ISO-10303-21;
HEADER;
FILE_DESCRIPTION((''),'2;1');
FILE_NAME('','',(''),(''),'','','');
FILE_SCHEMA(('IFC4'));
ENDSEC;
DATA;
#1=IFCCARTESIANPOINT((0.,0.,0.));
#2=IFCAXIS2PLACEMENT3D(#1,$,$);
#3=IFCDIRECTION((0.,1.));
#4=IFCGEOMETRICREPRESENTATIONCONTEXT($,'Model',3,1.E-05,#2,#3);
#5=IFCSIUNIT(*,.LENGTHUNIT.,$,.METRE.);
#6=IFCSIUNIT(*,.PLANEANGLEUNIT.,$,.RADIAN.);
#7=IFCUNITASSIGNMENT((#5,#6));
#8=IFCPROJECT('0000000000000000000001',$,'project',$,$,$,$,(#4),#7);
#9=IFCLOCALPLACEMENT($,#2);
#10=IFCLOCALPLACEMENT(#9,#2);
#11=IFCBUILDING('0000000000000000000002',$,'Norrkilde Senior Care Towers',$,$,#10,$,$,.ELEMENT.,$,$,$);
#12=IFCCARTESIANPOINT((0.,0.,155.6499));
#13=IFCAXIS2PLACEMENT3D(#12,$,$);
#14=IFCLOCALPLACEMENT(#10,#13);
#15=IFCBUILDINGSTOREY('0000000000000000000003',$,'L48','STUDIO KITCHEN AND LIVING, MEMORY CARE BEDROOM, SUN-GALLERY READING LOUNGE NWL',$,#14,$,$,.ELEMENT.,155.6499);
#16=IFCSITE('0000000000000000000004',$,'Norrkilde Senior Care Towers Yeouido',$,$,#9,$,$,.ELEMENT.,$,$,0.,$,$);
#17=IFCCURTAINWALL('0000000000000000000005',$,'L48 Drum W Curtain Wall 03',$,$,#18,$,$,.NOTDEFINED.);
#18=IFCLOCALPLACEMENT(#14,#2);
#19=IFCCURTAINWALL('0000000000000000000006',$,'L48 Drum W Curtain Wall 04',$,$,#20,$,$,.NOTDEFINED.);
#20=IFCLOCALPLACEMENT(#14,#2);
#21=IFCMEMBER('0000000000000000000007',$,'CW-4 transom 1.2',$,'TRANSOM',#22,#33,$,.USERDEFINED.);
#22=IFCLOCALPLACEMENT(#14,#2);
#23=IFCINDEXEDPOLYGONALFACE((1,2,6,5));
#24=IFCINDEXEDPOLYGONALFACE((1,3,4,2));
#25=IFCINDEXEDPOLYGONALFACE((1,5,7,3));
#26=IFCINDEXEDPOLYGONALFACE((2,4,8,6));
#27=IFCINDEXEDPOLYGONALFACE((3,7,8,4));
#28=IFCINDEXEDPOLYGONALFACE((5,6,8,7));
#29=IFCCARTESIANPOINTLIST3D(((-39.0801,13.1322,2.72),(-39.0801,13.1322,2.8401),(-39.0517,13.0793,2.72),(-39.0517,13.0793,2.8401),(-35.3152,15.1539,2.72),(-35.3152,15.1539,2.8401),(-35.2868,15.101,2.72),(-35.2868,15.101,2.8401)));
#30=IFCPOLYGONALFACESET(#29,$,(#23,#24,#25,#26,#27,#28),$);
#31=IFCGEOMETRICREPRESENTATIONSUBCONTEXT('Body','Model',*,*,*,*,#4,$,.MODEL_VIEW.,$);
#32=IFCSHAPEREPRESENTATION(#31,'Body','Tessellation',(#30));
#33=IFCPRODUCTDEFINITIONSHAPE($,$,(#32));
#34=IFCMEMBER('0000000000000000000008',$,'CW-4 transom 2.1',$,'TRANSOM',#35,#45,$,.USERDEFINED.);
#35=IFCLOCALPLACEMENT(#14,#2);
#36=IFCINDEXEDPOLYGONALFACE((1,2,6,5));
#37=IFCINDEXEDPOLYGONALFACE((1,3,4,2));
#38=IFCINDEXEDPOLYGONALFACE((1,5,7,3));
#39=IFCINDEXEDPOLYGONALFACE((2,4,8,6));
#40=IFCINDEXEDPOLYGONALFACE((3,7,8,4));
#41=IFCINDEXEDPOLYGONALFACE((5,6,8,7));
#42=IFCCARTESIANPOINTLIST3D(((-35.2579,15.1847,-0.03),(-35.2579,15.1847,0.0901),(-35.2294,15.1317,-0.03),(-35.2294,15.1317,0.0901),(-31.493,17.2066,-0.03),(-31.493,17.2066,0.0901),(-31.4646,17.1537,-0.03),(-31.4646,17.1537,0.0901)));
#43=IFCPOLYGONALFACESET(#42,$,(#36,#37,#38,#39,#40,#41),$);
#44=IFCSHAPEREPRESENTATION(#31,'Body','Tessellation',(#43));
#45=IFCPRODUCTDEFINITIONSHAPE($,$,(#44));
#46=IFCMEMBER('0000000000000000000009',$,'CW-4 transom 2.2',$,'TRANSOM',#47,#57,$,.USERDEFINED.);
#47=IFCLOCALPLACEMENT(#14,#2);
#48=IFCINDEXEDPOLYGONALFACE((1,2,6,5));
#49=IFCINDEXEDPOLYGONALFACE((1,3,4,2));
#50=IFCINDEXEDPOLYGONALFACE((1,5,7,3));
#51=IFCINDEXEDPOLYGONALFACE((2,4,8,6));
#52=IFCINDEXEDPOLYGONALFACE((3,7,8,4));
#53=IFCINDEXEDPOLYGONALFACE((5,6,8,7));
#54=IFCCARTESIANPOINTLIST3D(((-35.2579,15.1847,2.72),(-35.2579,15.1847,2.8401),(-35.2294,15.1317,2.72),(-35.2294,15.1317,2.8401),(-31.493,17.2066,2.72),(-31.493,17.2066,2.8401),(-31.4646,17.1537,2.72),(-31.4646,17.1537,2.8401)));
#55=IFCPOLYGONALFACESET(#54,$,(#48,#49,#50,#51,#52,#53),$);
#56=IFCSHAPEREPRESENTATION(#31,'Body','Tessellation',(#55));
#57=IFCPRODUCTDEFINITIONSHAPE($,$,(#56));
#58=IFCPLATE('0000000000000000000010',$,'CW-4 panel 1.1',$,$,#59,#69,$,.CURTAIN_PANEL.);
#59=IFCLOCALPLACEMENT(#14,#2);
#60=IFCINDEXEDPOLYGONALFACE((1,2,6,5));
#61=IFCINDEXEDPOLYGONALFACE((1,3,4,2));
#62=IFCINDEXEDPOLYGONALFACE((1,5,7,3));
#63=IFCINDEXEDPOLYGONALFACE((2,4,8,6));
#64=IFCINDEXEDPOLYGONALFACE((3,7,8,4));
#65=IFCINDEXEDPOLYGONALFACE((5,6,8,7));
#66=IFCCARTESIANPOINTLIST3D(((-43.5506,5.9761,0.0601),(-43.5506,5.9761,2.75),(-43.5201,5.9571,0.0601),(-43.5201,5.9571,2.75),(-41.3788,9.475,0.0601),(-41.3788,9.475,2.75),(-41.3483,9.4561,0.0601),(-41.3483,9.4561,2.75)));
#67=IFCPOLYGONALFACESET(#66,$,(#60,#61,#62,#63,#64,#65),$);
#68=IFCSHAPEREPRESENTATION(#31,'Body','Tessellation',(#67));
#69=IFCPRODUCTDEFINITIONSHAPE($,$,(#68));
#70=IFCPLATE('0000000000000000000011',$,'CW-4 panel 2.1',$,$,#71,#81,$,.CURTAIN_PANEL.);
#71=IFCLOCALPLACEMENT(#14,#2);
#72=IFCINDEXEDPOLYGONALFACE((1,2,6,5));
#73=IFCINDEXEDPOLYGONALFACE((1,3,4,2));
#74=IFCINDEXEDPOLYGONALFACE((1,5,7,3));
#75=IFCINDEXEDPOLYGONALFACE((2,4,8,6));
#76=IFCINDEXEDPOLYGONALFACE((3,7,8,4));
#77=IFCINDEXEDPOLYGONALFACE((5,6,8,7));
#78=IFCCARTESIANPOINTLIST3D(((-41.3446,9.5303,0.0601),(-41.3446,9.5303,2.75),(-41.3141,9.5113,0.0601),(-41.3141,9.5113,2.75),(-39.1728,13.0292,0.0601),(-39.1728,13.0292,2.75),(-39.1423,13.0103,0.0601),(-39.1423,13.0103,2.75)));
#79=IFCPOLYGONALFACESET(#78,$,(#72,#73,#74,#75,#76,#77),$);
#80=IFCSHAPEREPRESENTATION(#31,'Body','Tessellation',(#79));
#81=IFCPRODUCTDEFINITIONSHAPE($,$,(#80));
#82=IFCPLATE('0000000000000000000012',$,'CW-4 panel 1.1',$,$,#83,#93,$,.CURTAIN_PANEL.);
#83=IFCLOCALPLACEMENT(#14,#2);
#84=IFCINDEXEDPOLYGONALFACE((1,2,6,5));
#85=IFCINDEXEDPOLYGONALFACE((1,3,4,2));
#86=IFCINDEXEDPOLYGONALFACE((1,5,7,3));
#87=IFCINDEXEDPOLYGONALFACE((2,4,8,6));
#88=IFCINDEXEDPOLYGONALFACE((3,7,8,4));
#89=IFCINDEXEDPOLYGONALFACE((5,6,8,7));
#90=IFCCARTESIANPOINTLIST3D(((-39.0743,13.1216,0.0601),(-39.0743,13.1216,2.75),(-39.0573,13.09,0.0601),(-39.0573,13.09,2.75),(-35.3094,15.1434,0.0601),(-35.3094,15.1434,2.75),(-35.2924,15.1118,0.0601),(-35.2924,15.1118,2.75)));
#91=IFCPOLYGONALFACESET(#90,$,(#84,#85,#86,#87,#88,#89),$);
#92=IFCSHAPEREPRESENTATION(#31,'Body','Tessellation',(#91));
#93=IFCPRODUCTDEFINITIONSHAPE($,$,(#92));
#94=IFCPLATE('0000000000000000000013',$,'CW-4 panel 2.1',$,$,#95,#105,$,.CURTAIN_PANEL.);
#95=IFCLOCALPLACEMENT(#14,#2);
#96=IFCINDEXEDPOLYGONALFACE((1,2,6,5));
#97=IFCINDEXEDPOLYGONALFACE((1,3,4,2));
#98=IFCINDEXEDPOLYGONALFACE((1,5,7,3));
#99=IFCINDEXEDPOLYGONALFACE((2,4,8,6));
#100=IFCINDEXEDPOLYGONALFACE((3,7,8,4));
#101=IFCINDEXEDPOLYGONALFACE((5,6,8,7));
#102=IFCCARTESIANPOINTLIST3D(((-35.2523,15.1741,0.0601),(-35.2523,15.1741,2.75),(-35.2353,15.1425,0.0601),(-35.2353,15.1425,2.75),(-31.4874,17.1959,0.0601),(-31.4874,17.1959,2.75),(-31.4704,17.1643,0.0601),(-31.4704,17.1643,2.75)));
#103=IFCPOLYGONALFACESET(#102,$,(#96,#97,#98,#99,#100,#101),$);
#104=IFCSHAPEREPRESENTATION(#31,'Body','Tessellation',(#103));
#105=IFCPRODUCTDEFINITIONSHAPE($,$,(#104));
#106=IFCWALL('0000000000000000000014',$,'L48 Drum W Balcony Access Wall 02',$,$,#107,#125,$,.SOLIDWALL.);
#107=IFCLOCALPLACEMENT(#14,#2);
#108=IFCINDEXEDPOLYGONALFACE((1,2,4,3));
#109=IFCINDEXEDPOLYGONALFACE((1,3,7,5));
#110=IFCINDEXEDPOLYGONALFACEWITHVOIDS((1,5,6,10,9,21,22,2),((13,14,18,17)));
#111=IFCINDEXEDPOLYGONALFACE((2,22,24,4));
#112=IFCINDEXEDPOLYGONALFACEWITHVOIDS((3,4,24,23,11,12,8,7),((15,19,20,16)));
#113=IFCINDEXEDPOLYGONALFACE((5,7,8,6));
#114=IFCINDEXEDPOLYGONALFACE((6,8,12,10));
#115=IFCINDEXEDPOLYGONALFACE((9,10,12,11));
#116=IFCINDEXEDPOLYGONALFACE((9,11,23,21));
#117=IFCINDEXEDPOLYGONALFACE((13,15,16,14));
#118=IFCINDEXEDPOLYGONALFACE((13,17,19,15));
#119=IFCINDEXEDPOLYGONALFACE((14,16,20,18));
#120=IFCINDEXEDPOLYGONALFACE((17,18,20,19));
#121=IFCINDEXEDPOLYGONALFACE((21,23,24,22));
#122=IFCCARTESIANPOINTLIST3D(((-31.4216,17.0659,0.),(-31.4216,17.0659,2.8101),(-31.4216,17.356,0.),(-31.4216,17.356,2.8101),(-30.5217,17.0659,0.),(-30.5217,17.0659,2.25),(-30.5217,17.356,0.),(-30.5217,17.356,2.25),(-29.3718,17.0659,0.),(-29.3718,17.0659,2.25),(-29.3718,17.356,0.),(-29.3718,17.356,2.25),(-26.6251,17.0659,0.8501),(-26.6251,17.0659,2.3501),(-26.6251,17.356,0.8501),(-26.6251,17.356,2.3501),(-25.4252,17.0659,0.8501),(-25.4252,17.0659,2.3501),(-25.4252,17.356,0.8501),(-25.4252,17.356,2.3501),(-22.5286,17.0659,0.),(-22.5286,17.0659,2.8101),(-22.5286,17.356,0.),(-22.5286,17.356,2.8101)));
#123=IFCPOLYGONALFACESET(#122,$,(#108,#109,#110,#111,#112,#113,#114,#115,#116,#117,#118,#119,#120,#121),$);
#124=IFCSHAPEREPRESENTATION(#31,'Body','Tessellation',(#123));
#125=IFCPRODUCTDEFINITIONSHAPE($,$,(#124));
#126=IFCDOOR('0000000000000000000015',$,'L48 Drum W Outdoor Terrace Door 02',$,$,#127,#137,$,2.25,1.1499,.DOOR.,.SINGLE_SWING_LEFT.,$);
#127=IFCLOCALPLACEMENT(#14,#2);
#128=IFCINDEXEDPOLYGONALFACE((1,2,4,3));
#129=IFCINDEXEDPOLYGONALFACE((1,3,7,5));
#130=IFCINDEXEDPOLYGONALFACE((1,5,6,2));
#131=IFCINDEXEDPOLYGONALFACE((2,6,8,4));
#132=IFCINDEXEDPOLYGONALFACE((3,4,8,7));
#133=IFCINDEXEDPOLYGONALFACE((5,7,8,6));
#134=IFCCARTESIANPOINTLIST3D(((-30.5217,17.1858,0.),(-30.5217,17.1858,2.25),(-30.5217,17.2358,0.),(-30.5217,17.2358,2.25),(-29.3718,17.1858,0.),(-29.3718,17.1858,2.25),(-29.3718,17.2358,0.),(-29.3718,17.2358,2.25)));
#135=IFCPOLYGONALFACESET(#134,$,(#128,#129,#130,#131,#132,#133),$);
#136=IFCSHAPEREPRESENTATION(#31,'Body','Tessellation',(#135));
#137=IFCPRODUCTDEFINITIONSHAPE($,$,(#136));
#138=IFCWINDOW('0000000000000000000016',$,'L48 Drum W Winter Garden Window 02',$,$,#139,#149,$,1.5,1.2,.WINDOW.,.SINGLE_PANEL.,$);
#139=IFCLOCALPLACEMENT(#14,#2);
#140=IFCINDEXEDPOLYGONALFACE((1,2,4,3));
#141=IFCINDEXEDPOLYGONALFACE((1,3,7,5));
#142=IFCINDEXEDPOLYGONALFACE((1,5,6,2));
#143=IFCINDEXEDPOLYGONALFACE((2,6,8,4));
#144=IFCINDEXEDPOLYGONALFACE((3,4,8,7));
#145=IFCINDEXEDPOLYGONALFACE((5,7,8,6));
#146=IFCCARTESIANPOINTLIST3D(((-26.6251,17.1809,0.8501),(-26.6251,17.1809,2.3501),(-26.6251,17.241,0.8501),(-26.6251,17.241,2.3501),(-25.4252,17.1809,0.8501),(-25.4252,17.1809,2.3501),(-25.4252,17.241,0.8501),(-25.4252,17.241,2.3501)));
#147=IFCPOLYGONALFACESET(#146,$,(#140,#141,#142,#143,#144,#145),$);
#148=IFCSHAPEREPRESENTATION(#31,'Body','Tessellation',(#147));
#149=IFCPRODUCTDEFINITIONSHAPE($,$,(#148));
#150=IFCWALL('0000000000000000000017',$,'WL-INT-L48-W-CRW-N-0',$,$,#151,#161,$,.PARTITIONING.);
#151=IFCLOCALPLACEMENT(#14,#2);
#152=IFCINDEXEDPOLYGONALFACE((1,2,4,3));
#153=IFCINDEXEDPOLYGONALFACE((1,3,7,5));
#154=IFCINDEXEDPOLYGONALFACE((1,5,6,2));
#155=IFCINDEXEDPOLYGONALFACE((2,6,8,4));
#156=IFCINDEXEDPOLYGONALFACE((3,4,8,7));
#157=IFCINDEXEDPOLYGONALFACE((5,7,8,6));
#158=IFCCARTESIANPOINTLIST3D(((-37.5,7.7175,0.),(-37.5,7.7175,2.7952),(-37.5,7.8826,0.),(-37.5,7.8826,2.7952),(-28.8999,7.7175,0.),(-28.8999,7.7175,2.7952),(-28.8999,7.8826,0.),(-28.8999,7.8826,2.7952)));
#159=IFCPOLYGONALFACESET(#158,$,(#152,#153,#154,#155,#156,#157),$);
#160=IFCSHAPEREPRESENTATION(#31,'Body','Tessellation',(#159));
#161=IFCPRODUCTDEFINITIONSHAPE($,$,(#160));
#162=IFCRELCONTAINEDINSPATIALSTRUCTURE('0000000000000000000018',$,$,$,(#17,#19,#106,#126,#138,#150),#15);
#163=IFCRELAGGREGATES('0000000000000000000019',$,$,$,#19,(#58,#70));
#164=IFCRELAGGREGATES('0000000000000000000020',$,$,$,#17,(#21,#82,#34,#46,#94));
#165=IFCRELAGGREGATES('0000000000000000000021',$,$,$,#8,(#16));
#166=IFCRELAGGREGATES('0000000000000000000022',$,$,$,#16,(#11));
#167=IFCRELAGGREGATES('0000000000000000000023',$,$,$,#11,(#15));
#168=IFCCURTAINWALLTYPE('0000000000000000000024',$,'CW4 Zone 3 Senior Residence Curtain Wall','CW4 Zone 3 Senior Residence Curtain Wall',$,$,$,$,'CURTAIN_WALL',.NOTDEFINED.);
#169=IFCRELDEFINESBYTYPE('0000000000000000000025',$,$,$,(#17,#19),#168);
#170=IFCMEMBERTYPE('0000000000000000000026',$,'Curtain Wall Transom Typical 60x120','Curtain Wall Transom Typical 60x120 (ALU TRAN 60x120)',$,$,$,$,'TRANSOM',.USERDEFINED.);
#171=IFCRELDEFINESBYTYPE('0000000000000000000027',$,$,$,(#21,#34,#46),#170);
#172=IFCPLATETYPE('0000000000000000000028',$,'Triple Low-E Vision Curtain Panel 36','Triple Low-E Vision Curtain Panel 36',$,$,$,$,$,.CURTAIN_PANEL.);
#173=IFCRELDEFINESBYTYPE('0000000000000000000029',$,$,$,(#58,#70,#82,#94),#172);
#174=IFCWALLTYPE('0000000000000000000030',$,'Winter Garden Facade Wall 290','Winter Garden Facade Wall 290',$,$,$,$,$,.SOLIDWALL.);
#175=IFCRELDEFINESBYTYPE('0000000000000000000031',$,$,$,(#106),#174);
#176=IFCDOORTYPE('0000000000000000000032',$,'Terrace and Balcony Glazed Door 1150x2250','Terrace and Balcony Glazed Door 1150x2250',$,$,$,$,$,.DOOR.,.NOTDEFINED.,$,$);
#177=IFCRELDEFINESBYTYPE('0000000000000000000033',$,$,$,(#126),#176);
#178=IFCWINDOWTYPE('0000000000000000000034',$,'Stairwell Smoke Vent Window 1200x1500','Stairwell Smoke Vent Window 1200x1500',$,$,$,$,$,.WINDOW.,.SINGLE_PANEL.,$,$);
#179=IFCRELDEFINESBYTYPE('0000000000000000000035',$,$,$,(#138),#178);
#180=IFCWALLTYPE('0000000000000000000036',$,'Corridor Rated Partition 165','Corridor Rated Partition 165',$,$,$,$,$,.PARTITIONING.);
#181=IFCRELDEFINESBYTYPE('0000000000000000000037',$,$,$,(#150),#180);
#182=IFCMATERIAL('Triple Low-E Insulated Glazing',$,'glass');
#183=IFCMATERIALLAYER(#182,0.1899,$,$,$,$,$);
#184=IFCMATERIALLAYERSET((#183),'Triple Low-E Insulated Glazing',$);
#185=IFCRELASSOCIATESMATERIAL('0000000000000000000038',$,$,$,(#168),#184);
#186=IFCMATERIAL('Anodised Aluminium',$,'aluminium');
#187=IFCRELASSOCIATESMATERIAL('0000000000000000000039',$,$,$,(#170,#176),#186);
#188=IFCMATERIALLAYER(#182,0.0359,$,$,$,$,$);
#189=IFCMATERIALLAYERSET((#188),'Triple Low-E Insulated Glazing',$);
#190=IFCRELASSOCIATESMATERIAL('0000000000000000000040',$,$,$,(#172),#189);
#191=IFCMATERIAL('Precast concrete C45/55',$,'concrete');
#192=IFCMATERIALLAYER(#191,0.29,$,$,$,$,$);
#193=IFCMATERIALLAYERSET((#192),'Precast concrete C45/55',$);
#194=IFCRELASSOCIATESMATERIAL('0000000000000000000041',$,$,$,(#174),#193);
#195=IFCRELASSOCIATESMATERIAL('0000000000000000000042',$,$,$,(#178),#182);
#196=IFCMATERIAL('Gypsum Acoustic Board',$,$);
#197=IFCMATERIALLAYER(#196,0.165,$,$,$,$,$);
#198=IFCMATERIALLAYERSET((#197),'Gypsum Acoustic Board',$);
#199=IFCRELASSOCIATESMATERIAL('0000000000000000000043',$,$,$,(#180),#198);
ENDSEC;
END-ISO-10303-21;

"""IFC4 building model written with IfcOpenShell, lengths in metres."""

from ifc_helpers import new_model, si_unit, direction, frame, frame_2d, origin, origin_2d, place, context, subcontext, project, spatial, rectangle, extrude, source, transform, mapped, material, layer, layer_set, material_profile, profile_set, type_object, type_shapes, element, fill, aggregate, save


model = new_model("IFC4")

# Units and contexts
model_context = context("Model", 3, precision=1e-05, world=origin(), true_north=direction((0.0, 1.0)))
body_context = subcontext(model_context, "Body", "Model", "MODEL_VIEW")
ifc_project = project(units=[si_unit("LENGTHUNIT", "METRE"), si_unit("PLANEANGLEUNIT", "RADIAN")], contexts=[model_context])

# Site, building, storey
site_placement = place(None, origin())
site = spatial("IfcSite", under=ifc_project, at=site_placement, Name="Norrkilde Senior Care Towers Yeouido", CompositionType="ELEMENT", RefElevation=0.0)
building_placement = place(site_placement, origin())
building = spatial("IfcBuilding", under=site, at=building_placement, Name="Norrkilde Senior Care Towers", CompositionType="ELEMENT")
storey_placement = place(building_placement, frame((0.0, 0.0, 155.6499)))
storey = spatial("IfcBuildingStorey", under=building, at=storey_placement, Name="L48", Description="STUDIO KITCHEN AND LIVING, MEMORY CARE BEDROOM, SUN-GALLERY READING LOUNGE NWL", CompositionType="ELEMENT", Elevation=155.6499)

# Curtain walls
ifc_material_1 = material(Name="Triple Low-E Insulated Glazing", Category="glass")
ifc_layer_1 = layer(ifc_material_1, 0.1899)
ifc_layer_set_1 = layer_set([ifc_layer_1], Name="Triple Low-E Insulated Glazing")
curtain_wall_type = type_object("IfcCurtainWallType", Name="CW4 Zone 3 Senior Residence Curtain Wall", Description="CW4 Zone 3 Senior Residence Curtain Wall", ElementType="CURTAIN_WALL", PredefinedType="NOTDEFINED", material=ifc_layer_set_1)
curtain_wall_1_placement = place(storey_placement, origin())
curtain_wall_1 = element("IfcCurtainWall", 1, at=curtain_wall_1_placement, inside=storey, type_object=curtain_wall_type, Name="L48 Drum W Curtain Wall 03", PredefinedType="NOTDEFINED")
ifc_material_2 = material(Name="Anodised Aluminium", Category="aluminium")
curtain_wall_2_placement = place(storey_placement, origin())
curtain_wall_2 = element("IfcCurtainWall", 2, at=curtain_wall_2_placement, inside=storey, type_object=curtain_wall_type, Name="L48 Drum W Curtain Wall 04", PredefinedType="NOTDEFINED")
ifc_material_profile_1 = material_profile(ifc_material_2, rectangle(XDim=0.0601, YDim=0.1201, at=origin_2d()), Name="ALU TRAN 60x120")
ifc_profile_set_1 = profile_set([ifc_material_profile_1], Name="Anodised Aluminium")
member_type_1 = type_object("IfcMemberType", Name="Curtain Wall Transom Typical 60x120", Description="Curtain Wall Transom Typical 60x120 (ALU TRAN 60x120)", ElementType="TRANSOM", PredefinedType="USERDEFINED", material=ifc_profile_set_1)

# Members
shared_shape_1 = source(origin(), body_context, "Body", "SweptSolid", [
    extrude(rectangle(XDim=0.0601, YDim=0.1201, at=origin_2d()), origin(), (0.0, 0.0, 1.0), 4.2734),
])
member_1_placement = place(storey_placement, frame((-39.0659, 13.1057, 2.78), z_axis=(0.88101, 0.473098, 0.0), x_axis=(-0.473098, 0.88101, 0.0)))
member_1 = element("IfcMember", 3, at=member_1_placement, type_object=member_type_1, Name="CW-4 transom 1.2", ObjectType="TRANSOM", PredefinedType="USERDEFINED", context=body_context, shape_type="MappedRepresentation", body=[
    mapped(shared_shape_1, transform((0.0, 0.0, 0.0), x_axis=(1.0, 0.0, 0.0), y_axis=(0.0, 1.0, 0.0), z_axis=(0.0, 0.0, 1.0), scale=1.0)),
])
member_2_placement = place(storey_placement, frame((-35.2437, 15.1582, 0.03), z_axis=(0.880986, 0.473142, 0.0), x_axis=(-0.473142, 0.880986, 0.0)))
member_2 = element("IfcMember", 4, at=member_2_placement, type_object=member_type_1, Name="CW-4 transom 2.1", ObjectType="TRANSOM", PredefinedType="USERDEFINED", context=body_context, shape_type="MappedRepresentation", body=[
    mapped(shared_shape_1, transform((0.0, 0.0, 0.0), x_axis=(1.0, 0.0, 0.0), y_axis=(0.0, 1.0, 0.0), z_axis=(0.0, 0.0, 1.0), scale=1.0)),
])
member_3_placement = place(storey_placement, frame((-35.2437, 15.1582, 2.78), z_axis=(0.880986, 0.473142, 0.0), x_axis=(-0.473142, 0.880986, 0.0)))
member_3 = element("IfcMember", 5, at=member_3_placement, type_object=member_type_1, Name="CW-4 transom 2.2", ObjectType="TRANSOM", PredefinedType="USERDEFINED", context=body_context, shape_type="MappedRepresentation", body=[
    mapped(shared_shape_1, transform((0.0, 0.0, 0.0), x_axis=(1.0, 0.0, 0.0), y_axis=(0.0, 1.0, 0.0), z_axis=(0.0, 0.0, 1.0), scale=1.0)),
])

# Plates
ifc_layer_2 = layer(ifc_material_1, 0.0359)
ifc_layer_set_2 = layer_set([ifc_layer_2], Name="Triple Low-E Insulated Glazing")
plate_type = type_object("IfcPlateType", Name="Triple Low-E Vision Curtain Panel 36", Description="Triple Low-E Vision Curtain Panel 36", PredefinedType="CURTAIN_PANEL", material=ifc_layer_set_2)
shared_shape_2 = source(origin(), body_context, "Body", "SweptSolid", [
    extrude(rectangle(XDim=4.1182, YDim=0.0359, at=origin_2d()), origin(), (0.0, 0.0, 1.0), 2.6899),
])
plate_1_placement = place(storey_placement, frame((-42.4495, 7.7161, 0.0601), z_axis=(0.0, 0.0, 1.0), x_axis=(0.527373, 0.849634, 0.0)))
plate_1 = element("IfcPlate", 6, at=plate_1_placement, type_object=plate_type, Name="CW-4 panel 1.1", PredefinedType="CURTAIN_PANEL", context=body_context, shape_type="MappedRepresentation", body=[
    mapped(shared_shape_2, transform((0.0, 0.0, 0.0), x_axis=(1.0, 0.0, 0.0), y_axis=(0.0, 1.0, 0.0), z_axis=(0.0, 0.0, 1.0), scale=1.0)),
])
plate_2_placement = place(storey_placement, frame((-40.2434, 11.2703, 0.0601), z_axis=(0.0, 0.0, 1.0), x_axis=(0.527373, 0.849634, 0.0)))
plate_2 = element("IfcPlate", 7, at=plate_2_placement, type_object=plate_type, Name="CW-4 panel 2.1", PredefinedType="CURTAIN_PANEL", context=body_context, shape_type="MappedRepresentation", body=[
    mapped(shared_shape_2, transform((0.0, 0.0, 0.0), x_axis=(1.0, 0.0, 0.0), y_axis=(0.0, 1.0, 0.0), z_axis=(0.0, 0.0, 1.0), scale=1.0)),
])
aggregate(curtain_wall_2, [plate_1, plate_2])
shared_shape_3 = source(origin(), body_context, "Body", "SweptSolid", [
    extrude(rectangle(XDim=4.2734, YDim=0.0359, at=origin_2d()), origin(), (0.0, 0.0, 1.0), 2.6899),
])
type_shapes(plate_type, [shared_shape_2, shared_shape_3])
plate_3_placement = place(storey_placement, frame((-37.1833, 14.1167, 0.0601), z_axis=(0.0, 0.0, 1.0), x_axis=(0.881, 0.473117, 0.0)))
plate_3 = element("IfcPlate", 8, at=plate_3_placement, type_object=plate_type, Name="CW-4 panel 1.1", PredefinedType="CURTAIN_PANEL", context=body_context, shape_type="MappedRepresentation", body=[
    mapped(shared_shape_3, transform((0.0, 0.0, 0.0), x_axis=(1.0, 0.0, 0.0), y_axis=(0.0, 1.0, 0.0), z_axis=(0.0, 0.0, 1.0), scale=1.0)),
])
plate_4_placement = place(storey_placement, frame((-33.3613, 16.1692, 0.0601), z_axis=(0.0, 0.0, 1.0), x_axis=(0.881, 0.473117, 0.0)))
plate_4 = element("IfcPlate", 9, at=plate_4_placement, type_object=plate_type, Name="CW-4 panel 2.1", PredefinedType="CURTAIN_PANEL", context=body_context, shape_type="MappedRepresentation", body=[
    mapped(shared_shape_3, transform((0.0, 0.0, 0.0), x_axis=(1.0, 0.0, 0.0), y_axis=(0.0, 1.0, 0.0), z_axis=(0.0, 0.0, 1.0), scale=1.0)),
])
aggregate(curtain_wall_1, [member_1, plate_3, member_2, member_3, plate_4])

# Wall, openings, door, window
ifc_material_3 = material(Name="Precast concrete C45/55", Category="concrete")
ifc_layer_3 = layer(ifc_material_3, 0.29)
ifc_layer_set_3 = layer_set([ifc_layer_3], Name="Precast concrete C45/55")
wall_type_1 = type_object("IfcWallType", Name="Winter Garden Facade Wall 290", Description="Winter Garden Facade Wall 290", PredefinedType="SOLIDWALL", material=ifc_layer_set_3)
shared_shape_4 = source(origin(), body_context, "Body", "SweptSolid", [
    extrude(rectangle(XDim=8.8931, YDim=0.29, at=frame_2d((4.4465, 0.0))), origin(), (0.0, 0.0, 1.0), 2.8101),
])
type_shapes(wall_type_1, [shared_shape_4])
wall_1_placement = place(storey_placement, frame((-31.4216, 17.2109, 0.0), z_axis=(0.0, 0.0, 1.0), x_axis=(1.0, 0.0, 0.0)))
wall_1 = element("IfcWall", 10, at=wall_1_placement, inside=storey, type_object=wall_type_1, Name="L48 Drum W Balcony Access Wall 02", PredefinedType="SOLIDWALL", context=body_context, shape_type="MappedRepresentation", body=[
    mapped(shared_shape_4, transform((0.0, 0.0, 0.0), x_axis=(1.0, 0.0, 0.0), y_axis=(0.0, 1.0, 0.0), z_axis=(0.0, 0.0, 1.0), scale=1.0)),
])
opening_1_placement = place(wall_1_placement, frame((0.8999, 0.0, 0.0)))
opening_1 = element("IfcOpeningElement", 11, at=opening_1_placement, cuts=wall_1, PredefinedType="OPENING", context=body_context, shape_type="SweptSolid", body=[
    extrude(rectangle(XDim=1.1499, YDim=2.25, at=frame_2d((0.575, 1.125))), frame((0.0, 0.155, 0.0), z_axis=(0.0, -1.0, 0.0), x_axis=(1.0, 0.0, 0.0)), (0.0, 0.0, 1.0), 0.3101),
])
opening_2_placement = place(wall_1_placement, frame((4.7964, 0.0, 0.8501)))
opening_2 = element("IfcOpeningElement", 12, at=opening_2_placement, cuts=wall_1, PredefinedType="OPENING", context=body_context, shape_type="SweptSolid", body=[
    extrude(rectangle(XDim=1.2, YDim=1.5, at=frame_2d((0.6001, 0.75))), frame((0.0, 0.155, 0.0), z_axis=(0.0, -1.0, 0.0), x_axis=(1.0, 0.0, 0.0)), (0.0, 0.0, 1.0), 0.3101),
])
door_type_1 = type_object("IfcDoorType", Name="Terrace and Balcony Glazed Door 1150x2250", Description="Terrace and Balcony Glazed Door 1150x2250", OperationType="NOTDEFINED", PredefinedType="DOOR", material=ifc_material_2)
shared_shape_5 = source(origin(), body_context, "Body", "SweptSolid", [
    extrude(rectangle(XDim=1.1499, YDim=2.25, at=frame_2d((0.575, 1.125))), frame((0.0, 0.0249, 0.0), z_axis=(0.0, -1.0, 0.0), x_axis=(1.0, 0.0, 0.0)), (0.0, 0.0, 1.0), 0.05),
])
type_shapes(door_type_1, [shared_shape_5])
door_1_placement = place(opening_1_placement, origin())
door_1 = element("IfcDoor", 13, at=door_1_placement, inside=storey, type_object=door_type_1, Name="L48 Drum W Outdoor Terrace Door 02", OperationType="SINGLE_SWING_LEFT", OverallHeight=2.25, OverallWidth=1.1499, PredefinedType="DOOR", context=body_context, shape_type="MappedRepresentation", body=[
    mapped(shared_shape_5, transform((0.0, 0.0, 0.0), x_axis=(1.0, 0.0, 0.0), y_axis=(0.0, 1.0, 0.0), z_axis=(0.0, 0.0, 1.0), scale=1.0)),
])
fill(opening_1, door_1)
window_type = type_object("IfcWindowType", Name="Stairwell Smoke Vent Window 1200x1500", Description="Stairwell Smoke Vent Window 1200x1500", PartitioningType="SINGLE_PANEL", PredefinedType="WINDOW", material=ifc_material_1)
shared_shape_6 = source(origin(), body_context, "Body", "SweptSolid", [
    extrude(rectangle(XDim=1.2, YDim=1.5, at=frame_2d((0.6001, 0.75))), frame((0.0, 0.03, 0.0), z_axis=(0.0, -1.0, 0.0), x_axis=(1.0, 0.0, 0.0)), (0.0, 0.0, 1.0), 0.0601),
])
type_shapes(window_type, [shared_shape_6])
window_placement = place(opening_2_placement, origin())
window = element("IfcWindow", 14, at=window_placement, inside=storey, type_object=window_type, Name="L48 Drum W Winter Garden Window 02", OverallHeight=1.5, OverallWidth=1.2, PartitioningType="SINGLE_PANEL", PredefinedType="WINDOW", context=body_context, shape_type="MappedRepresentation", body=[
    mapped(shared_shape_6, transform((0.0, 0.0, 0.0), x_axis=(1.0, 0.0, 0.0), y_axis=(0.0, 1.0, 0.0), z_axis=(0.0, 0.0, 1.0), scale=1.0)),
])
fill(opening_2, window)

# Wall
ifc_material_4 = material(Name="Gypsum Acoustic Board")
ifc_layer_4 = layer(ifc_material_4, 0.165)
ifc_layer_set_4 = layer_set([ifc_layer_4], Name="Gypsum Acoustic Board")
wall_type_2 = type_object("IfcWallType", Name="Corridor Rated Partition 165", Description="Corridor Rated Partition 165", PredefinedType="PARTITIONING", material=ifc_layer_set_4)
shared_shape_7 = source(origin(), body_context, "Body", "SweptSolid", [
    extrude(rectangle(XDim=8.6001, YDim=0.165, at=frame_2d((4.3, 0.0))), origin(), (0.0, 0.0, 1.0), 2.7952),
])
wall_2_placement = place(storey_placement, frame((-37.5, 7.8, 0.0), z_axis=(0.0, 0.0, 1.0), x_axis=(1.0, 0.0, 0.0)))
element("IfcWall", 15, at=wall_2_placement, inside=storey, type_object=wall_type_2, Name="WL-INT-L48-W-CRW-N-0", PredefinedType="PARTITIONING", context=body_context, shape_type="MappedRepresentation", body=[
    mapped(shared_shape_7, transform((0.0, 0.0, 0.0), x_axis=(1.0, 0.0, 0.0), y_axis=(0.0, 1.0, 0.0), z_axis=(0.0, 0.0, 1.0), scale=1.0)),
])

save(model, "model.ifc")
